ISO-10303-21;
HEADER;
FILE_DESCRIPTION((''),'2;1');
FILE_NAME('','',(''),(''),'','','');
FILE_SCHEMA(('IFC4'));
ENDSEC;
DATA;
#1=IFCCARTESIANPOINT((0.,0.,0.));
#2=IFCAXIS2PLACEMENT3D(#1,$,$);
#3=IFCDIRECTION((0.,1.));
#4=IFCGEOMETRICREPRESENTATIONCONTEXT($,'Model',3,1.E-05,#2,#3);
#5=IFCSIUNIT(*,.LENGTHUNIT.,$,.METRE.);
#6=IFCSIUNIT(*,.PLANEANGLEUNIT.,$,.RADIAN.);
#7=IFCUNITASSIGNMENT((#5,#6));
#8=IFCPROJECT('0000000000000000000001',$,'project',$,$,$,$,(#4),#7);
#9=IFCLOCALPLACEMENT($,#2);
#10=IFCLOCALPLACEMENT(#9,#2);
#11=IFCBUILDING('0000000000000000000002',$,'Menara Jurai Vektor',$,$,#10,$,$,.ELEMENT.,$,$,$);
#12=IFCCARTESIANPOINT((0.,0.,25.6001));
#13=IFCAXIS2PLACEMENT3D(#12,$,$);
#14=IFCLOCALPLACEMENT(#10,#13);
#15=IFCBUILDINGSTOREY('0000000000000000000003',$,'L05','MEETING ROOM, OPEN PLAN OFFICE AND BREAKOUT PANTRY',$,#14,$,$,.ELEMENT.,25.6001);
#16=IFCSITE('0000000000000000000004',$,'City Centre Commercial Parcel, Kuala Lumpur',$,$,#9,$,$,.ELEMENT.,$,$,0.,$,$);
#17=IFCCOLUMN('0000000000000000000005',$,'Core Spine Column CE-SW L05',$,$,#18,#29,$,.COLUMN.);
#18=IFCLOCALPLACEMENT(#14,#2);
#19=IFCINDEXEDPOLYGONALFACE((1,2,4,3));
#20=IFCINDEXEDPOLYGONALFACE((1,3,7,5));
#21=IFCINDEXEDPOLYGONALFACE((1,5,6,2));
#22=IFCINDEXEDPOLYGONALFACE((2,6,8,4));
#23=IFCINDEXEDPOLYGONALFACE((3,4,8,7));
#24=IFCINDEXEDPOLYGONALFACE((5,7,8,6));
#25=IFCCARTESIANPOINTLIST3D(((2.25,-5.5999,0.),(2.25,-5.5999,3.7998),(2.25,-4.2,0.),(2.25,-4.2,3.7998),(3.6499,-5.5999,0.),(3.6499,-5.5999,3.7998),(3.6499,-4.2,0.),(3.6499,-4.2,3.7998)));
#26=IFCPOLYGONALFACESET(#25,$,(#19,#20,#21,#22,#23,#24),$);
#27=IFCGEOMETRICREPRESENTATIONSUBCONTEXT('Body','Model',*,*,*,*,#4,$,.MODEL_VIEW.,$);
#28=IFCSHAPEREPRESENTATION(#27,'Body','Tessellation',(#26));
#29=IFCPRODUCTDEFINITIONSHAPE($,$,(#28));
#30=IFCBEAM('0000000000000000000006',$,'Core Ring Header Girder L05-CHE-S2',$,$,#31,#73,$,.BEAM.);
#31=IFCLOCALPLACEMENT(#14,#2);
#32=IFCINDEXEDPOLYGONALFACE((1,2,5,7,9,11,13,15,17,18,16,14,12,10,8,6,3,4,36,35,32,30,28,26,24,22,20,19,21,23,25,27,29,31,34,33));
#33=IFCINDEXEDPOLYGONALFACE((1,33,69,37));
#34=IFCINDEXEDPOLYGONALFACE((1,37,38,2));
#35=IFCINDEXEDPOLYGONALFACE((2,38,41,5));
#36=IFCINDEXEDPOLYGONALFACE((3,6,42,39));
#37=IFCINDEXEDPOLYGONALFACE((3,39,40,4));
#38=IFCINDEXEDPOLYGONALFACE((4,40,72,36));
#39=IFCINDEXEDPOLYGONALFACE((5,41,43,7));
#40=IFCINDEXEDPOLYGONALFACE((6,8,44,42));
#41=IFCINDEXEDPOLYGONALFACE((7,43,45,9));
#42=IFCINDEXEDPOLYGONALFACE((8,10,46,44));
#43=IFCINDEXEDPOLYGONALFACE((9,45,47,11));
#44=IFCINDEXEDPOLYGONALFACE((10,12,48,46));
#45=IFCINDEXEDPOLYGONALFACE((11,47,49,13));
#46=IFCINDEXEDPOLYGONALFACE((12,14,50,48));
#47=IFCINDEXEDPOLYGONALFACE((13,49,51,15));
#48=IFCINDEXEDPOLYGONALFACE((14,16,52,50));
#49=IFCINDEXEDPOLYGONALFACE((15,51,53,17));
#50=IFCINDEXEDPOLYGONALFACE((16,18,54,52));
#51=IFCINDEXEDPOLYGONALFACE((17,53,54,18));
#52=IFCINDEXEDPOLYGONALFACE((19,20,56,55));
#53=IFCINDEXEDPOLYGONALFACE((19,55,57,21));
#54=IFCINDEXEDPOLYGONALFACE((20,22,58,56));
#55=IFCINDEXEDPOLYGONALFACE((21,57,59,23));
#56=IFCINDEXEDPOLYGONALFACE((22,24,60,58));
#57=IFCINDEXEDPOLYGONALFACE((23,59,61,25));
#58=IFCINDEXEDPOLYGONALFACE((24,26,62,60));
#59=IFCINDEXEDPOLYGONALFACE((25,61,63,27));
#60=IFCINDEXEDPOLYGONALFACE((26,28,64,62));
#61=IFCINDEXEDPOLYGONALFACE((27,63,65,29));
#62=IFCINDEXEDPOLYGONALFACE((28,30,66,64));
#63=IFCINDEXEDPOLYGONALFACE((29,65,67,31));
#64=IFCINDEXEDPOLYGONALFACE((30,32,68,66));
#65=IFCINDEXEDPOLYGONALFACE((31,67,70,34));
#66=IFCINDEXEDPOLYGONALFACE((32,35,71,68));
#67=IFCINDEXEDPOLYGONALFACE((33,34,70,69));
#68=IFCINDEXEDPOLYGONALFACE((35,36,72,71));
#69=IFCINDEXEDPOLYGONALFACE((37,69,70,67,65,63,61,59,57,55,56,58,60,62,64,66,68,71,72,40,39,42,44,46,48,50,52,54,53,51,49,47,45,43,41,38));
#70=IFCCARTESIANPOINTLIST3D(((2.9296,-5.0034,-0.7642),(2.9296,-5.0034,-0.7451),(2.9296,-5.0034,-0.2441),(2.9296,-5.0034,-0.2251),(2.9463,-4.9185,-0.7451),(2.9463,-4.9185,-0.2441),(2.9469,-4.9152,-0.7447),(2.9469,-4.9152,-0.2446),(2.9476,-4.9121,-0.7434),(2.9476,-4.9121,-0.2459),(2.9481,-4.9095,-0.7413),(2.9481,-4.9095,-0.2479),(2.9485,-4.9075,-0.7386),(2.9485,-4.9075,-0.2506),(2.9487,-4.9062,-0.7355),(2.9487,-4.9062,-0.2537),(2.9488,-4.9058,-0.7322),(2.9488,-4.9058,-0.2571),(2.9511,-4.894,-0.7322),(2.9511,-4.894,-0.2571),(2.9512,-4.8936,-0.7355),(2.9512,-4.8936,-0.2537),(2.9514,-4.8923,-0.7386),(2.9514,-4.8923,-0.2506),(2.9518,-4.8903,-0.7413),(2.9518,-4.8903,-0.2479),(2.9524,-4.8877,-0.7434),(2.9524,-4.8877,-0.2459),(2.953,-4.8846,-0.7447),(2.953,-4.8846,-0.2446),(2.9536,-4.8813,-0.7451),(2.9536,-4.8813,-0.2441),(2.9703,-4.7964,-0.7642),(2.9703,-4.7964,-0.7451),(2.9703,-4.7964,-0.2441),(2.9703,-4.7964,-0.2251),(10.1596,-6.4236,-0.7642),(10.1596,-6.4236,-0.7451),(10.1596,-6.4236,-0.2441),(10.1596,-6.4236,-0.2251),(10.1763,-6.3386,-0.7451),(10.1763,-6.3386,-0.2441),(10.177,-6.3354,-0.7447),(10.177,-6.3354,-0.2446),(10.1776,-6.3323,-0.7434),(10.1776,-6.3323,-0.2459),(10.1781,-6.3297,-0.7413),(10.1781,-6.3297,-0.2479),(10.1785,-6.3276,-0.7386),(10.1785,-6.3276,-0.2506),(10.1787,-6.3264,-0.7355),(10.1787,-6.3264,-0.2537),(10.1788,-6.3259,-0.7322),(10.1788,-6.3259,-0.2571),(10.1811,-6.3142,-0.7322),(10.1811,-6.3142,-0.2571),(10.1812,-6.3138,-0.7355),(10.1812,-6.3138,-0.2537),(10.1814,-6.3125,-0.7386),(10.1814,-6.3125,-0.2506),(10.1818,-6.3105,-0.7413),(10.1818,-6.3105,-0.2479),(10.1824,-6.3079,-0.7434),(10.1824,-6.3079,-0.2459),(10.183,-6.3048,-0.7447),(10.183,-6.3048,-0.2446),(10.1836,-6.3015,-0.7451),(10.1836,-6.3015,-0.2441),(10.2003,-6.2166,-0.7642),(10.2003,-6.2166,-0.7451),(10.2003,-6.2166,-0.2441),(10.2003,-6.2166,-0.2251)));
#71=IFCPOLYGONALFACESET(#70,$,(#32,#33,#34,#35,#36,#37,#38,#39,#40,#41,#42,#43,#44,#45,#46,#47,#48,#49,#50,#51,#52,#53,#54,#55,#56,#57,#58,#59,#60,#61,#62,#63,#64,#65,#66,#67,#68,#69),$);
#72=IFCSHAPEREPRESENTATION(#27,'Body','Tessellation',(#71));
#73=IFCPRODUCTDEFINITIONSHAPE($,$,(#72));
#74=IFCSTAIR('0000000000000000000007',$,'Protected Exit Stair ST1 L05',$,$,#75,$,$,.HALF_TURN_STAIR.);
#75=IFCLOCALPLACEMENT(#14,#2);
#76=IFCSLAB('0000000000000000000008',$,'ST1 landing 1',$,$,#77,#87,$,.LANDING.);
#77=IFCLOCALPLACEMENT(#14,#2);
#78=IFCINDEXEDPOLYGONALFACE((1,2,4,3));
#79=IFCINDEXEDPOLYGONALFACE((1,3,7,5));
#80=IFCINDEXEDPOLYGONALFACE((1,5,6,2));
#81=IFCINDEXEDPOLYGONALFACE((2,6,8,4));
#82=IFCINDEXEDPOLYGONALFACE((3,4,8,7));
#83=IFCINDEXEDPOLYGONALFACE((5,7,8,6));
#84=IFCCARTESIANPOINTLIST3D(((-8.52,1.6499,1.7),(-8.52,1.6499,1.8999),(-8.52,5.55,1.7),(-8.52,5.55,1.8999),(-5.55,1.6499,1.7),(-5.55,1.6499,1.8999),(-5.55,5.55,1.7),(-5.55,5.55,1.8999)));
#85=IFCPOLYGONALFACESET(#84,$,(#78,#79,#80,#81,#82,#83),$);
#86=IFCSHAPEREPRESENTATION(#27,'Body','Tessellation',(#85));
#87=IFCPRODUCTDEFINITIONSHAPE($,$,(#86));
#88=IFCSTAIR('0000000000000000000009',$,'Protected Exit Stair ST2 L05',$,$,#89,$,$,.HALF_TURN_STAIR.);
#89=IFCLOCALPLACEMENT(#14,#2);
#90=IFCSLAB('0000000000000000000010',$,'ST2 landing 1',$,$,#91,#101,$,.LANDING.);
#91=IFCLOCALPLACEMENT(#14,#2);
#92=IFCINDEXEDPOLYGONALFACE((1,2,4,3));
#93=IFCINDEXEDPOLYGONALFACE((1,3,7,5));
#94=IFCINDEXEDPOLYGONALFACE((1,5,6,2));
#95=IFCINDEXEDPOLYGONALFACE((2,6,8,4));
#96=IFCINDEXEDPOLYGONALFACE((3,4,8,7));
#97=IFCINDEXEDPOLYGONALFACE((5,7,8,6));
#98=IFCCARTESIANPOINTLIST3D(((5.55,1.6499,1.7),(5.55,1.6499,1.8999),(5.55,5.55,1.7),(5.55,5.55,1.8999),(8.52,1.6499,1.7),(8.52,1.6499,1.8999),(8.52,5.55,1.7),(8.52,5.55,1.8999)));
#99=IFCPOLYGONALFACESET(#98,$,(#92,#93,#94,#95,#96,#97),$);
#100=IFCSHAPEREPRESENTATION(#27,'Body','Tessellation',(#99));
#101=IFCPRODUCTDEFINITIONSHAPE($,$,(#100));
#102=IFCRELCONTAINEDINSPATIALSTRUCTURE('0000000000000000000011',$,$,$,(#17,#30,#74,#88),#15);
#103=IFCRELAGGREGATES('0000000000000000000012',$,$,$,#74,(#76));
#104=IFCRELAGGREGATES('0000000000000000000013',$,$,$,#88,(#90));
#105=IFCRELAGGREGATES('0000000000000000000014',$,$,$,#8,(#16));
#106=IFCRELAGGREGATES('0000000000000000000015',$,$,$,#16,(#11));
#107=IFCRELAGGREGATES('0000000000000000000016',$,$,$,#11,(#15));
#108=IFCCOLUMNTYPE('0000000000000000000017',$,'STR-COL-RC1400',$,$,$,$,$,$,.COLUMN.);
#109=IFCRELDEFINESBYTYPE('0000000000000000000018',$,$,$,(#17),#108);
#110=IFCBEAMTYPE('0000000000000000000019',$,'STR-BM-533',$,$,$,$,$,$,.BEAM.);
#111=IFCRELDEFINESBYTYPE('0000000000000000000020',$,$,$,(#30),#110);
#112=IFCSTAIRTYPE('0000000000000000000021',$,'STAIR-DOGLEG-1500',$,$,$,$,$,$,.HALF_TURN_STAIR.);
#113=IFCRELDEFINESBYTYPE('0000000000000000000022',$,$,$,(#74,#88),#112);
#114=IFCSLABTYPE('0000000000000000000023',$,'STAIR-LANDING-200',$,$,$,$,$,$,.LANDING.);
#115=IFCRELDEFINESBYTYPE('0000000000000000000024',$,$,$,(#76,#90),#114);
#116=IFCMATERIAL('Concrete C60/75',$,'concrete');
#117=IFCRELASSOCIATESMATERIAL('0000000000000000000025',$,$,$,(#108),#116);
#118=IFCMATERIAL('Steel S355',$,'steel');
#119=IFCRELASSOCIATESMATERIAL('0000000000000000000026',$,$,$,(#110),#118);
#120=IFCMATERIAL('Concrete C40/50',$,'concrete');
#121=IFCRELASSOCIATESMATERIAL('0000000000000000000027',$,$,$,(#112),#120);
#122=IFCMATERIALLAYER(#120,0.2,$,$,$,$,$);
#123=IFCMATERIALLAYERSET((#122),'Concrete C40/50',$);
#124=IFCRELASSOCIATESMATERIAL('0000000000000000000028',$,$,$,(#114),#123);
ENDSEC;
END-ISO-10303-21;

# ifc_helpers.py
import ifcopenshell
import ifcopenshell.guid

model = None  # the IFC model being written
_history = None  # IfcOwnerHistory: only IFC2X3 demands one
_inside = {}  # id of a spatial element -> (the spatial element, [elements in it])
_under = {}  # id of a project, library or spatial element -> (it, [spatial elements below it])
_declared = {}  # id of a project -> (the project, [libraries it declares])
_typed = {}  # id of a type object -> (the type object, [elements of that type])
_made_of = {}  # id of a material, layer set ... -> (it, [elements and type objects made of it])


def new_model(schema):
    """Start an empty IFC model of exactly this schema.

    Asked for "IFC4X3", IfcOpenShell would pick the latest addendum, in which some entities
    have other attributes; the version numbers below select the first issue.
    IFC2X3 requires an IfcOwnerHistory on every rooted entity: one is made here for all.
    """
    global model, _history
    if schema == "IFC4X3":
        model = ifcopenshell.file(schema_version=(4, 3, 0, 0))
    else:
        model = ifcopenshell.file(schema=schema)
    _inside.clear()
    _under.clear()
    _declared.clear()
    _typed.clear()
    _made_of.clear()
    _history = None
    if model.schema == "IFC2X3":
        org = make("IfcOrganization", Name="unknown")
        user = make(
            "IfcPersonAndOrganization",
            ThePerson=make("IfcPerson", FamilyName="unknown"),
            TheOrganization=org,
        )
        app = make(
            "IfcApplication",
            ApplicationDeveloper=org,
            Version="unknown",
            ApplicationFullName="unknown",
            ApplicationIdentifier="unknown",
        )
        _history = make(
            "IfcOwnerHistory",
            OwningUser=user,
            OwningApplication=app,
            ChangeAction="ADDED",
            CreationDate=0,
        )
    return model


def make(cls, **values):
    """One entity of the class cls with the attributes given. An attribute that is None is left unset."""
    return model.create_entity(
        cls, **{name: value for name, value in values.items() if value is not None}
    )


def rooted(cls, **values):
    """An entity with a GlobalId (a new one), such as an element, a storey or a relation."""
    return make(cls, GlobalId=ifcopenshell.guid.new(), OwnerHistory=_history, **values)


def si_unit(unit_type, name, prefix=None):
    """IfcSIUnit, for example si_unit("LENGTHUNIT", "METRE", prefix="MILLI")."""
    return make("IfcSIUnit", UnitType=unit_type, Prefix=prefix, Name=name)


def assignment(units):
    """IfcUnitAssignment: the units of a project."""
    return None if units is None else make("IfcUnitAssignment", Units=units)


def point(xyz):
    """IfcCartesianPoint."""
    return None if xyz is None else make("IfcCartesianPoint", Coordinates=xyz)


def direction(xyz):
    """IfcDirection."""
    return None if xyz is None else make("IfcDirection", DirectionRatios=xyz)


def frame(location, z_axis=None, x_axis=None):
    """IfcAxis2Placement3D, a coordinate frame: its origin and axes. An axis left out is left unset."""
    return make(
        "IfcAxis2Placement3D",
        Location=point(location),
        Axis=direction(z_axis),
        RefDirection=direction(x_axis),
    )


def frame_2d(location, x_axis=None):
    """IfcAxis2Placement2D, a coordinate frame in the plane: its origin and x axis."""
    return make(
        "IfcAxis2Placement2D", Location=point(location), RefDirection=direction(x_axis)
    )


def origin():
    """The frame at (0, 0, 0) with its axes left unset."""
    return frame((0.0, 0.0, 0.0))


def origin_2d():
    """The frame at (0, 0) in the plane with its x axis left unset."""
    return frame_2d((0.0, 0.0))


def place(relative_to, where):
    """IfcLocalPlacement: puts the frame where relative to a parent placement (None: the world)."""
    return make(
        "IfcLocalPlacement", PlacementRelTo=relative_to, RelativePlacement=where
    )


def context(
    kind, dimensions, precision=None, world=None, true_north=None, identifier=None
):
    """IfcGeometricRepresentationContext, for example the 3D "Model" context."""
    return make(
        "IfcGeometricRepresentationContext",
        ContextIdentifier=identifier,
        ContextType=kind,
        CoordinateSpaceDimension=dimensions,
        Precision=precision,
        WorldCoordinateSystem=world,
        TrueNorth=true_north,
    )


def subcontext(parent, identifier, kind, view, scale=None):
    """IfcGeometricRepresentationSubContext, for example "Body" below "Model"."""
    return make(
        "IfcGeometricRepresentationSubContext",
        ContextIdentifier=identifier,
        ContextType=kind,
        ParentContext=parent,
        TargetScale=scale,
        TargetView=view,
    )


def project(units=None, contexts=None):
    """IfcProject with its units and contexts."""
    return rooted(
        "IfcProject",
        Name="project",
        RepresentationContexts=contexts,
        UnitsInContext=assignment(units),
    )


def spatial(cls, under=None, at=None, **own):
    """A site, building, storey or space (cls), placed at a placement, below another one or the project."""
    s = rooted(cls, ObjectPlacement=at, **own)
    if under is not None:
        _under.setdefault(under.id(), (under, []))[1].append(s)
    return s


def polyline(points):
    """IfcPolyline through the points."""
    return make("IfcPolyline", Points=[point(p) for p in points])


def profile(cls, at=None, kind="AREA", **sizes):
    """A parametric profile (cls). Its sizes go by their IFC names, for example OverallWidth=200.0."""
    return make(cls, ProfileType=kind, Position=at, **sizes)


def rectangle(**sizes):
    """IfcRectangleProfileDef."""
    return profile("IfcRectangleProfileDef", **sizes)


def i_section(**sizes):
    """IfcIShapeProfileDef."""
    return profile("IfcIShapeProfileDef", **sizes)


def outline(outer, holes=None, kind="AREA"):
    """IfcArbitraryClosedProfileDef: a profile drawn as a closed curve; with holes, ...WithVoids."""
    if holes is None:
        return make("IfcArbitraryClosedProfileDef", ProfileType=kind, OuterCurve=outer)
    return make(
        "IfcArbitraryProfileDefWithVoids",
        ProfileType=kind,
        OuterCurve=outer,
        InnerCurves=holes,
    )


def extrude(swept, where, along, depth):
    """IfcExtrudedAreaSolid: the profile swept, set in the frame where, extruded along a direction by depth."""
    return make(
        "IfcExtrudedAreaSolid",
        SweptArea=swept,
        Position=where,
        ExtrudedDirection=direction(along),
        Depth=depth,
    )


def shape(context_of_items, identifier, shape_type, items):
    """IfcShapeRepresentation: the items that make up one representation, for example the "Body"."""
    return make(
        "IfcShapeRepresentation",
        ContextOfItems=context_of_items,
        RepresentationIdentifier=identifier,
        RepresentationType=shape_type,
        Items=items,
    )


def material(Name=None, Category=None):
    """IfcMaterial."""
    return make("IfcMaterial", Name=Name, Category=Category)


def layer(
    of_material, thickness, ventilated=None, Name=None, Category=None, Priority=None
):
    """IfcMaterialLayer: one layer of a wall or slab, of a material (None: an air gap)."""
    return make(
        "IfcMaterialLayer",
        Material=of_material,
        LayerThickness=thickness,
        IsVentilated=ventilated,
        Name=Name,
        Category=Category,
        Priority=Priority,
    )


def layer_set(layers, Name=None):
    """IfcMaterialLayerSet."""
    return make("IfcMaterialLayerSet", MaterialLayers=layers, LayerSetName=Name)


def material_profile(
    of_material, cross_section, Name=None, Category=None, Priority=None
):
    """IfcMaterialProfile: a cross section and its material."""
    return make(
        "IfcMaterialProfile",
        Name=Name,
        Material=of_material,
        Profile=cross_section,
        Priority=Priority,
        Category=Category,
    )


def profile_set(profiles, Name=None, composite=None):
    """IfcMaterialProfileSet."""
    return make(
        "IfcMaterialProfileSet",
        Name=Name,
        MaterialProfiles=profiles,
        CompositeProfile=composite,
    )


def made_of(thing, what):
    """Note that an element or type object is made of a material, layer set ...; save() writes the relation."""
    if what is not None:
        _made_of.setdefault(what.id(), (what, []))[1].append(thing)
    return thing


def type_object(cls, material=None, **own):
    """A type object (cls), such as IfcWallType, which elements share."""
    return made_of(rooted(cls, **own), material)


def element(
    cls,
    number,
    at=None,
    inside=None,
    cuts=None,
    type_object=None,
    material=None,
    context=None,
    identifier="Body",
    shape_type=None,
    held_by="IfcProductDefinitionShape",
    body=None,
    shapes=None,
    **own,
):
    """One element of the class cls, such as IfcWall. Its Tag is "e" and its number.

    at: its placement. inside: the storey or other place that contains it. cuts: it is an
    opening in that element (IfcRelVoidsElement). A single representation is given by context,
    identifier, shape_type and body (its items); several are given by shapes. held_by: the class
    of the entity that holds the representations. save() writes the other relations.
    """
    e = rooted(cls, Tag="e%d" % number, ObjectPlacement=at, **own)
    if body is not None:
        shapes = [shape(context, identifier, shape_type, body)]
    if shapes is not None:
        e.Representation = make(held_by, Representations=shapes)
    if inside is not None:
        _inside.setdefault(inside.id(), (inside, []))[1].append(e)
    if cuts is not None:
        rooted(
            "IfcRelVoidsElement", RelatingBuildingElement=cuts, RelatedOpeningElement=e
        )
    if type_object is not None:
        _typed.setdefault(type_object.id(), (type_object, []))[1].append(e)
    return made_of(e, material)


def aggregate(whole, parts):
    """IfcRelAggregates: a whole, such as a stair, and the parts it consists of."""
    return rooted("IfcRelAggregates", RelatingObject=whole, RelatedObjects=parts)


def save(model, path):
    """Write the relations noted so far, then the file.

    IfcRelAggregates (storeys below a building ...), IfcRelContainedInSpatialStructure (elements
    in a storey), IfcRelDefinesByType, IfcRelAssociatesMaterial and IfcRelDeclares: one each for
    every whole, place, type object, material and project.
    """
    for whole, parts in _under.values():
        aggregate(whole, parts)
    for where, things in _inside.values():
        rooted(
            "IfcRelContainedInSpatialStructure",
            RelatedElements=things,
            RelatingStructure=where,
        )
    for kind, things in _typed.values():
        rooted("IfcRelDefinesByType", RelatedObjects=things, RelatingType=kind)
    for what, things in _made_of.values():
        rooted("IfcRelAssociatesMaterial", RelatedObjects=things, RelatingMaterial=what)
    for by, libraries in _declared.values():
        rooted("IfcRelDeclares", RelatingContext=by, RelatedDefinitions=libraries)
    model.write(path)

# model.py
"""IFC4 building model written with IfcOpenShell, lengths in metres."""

from ifc_helpers import new_model, si_unit, direction, frame, origin, origin_2d, place, context, subcontext, project, spatial, polyline, rectangle, i_section, outline, extrude, material, layer, layer_set, material_profile, profile_set, type_object, element, aggregate, save


model = new_model("IFC4")

# Units and contexts
model_context = context("Model", 3, precision=1e-05, world=origin(), true_north=direction((0.0, 1.0)))
body_context = subcontext(model_context, "Body", "Model", "MODEL_VIEW")
ifc_project = project(units=[si_unit("LENGTHUNIT", "METRE"), si_unit("PLANEANGLEUNIT", "RADIAN")], contexts=[model_context])

# Site, building, storey
site_placement = place(None, origin())
site = spatial("IfcSite", under=ifc_project, at=site_placement, Name="City Centre Commercial Parcel, Kuala Lumpur", CompositionType="ELEMENT", RefElevation=0.0)
building_placement = place(site_placement, origin())
building = spatial("IfcBuilding", under=site, at=building_placement, Name="Menara Jurai Vektor", CompositionType="ELEMENT")
storey_placement = place(building_placement, frame((0.0, 0.0, 25.6001)))
storey = spatial("IfcBuildingStorey", under=building, at=storey_placement, Name="L05", Description="MEETING ROOM, OPEN PLAN OFFICE AND BREAKOUT PANTRY", CompositionType="ELEMENT", Elevation=25.6001)

# Column
ifc_material_1 = material(Name="Concrete C60/75", Category="concrete")
ifc_material_profile_1 = material_profile(ifc_material_1, rectangle(XDim=1.3999, YDim=1.3999, at=origin_2d()), Name="RC 1400x1400")
ifc_profile_set_1 = profile_set([ifc_material_profile_1], Name="Concrete C60/75")
column_type = type_object("IfcColumnType", Name="STR-COL-RC1400", PredefinedType="COLUMN", material=ifc_profile_set_1)
column_placement = place(storey_placement, frame((2.95, -4.8999, 0.0), z_axis=(0.0, 0.0, 1.0), x_axis=(1.0, 0.0, 0.0)))
element("IfcColumn", 1, at=column_placement, inside=storey, type_object=column_type, Name="Core Spine Column CE-SW L05", PredefinedType="COLUMN", context=body_context, shape_type="SweptSolid", body=[
    extrude(rectangle(XDim=1.3999, YDim=1.3999, at=origin_2d()), origin(), (0.0, 0.0, 1.0), 3.7998),
])

# Beam
ifc_material_2 = material(Name="Steel S355", Category="steel")
ifc_material_profile_2 = material_profile(ifc_material_2, i_section(OverallWidth=0.2109, OverallDepth=0.5391, WebThickness=0.012, FlangeThickness=0.019, FilletRadius=0.0129, at=origin_2d()), Name="UKB 533x210x109")
ifc_profile_set_2 = profile_set([ifc_material_profile_2], Name="Steel S355")
beam_type = type_object("IfcBeamType", Name="STR-BM-533", PredefinedType="BEAM", material=ifc_profile_set_2)
beam_placement = place(storey_placement, frame((2.95, -4.8999, -0.4946), z_axis=(0.981249, -0.192744, 0.0), x_axis=(0.192744, 0.981249, 0.0)))
element("IfcBeam", 2, at=beam_placement, inside=storey, type_object=beam_type, Name="Core Ring Header Girder L05-CHE-S2", PredefinedType="BEAM", context=body_context, shape_type="SweptSolid", body=[
    extrude(i_section(OverallWidth=0.2109, OverallDepth=0.5391, WebThickness=0.012, FlangeThickness=0.019, FilletRadius=0.0129, at=origin_2d()), origin(), (0.0, 0.0, 1.0), 7.3682),
])

# Stairs, slabs
ifc_material_3 = material(Name="Concrete C40/50", Category="concrete")
stair_type = type_object("IfcStairType", Name="STAIR-DOGLEG-1500", PredefinedType="HALF_TURN_STAIR", material=ifc_material_3)
stair_1_placement = place(storey_placement, origin())
stair_1 = element("IfcStair", 3, at=stair_1_placement, inside=storey, type_object=stair_type, Name="Protected Exit Stair ST1 L05", PredefinedType="HALF_TURN_STAIR")
ifc_layer_1 = layer(ifc_material_3, 0.2)
ifc_layer_set_1 = layer_set([ifc_layer_1], Name="Concrete C40/50")
slab_type_1 = type_object("IfcSlabType", Name="STAIR-LANDING-200", PredefinedType="LANDING", material=ifc_layer_set_1)
slab_1_placement = place(storey_placement, frame((0.0, 0.0, 1.7)))
slab_1 = element("IfcSlab", 4, at=slab_1_placement, type_object=slab_type_1, Name="ST1 landing 1", PredefinedType="LANDING", context=body_context, shape_type="SweptSolid", body=[
    extrude(outline(polyline([(-8.52, 1.6499), (-5.55, 1.6499), (-5.55, 5.55), (-8.52, 5.55), (-8.52, 1.6499)])), origin(), (0.0, 0.0, 1.0), 0.2),
])
aggregate(stair_1, [slab_1])
stair_2_placement = place(storey_placement, origin())
stair_2 = element("IfcStair", 5, at=stair_2_placement, inside=storey, type_object=stair_type, Name="Protected Exit Stair ST2 L05", PredefinedType="HALF_TURN_STAIR")
slab_2_placement = place(storey_placement, frame((0.0, 0.0, 1.7)))
slab_2 = element("IfcSlab", 6, at=slab_2_placement, type_object=slab_type_1, Name="ST2 landing 1", PredefinedType="LANDING", context=body_context, shape_type="SweptSolid", body=[
    extrude(outline(polyline([(5.55, 1.6499), (8.52, 1.6499), (8.52, 5.55), (5.55, 5.55), (5.55, 1.6499)])), origin(), (0.0, 0.0, 1.0), 0.2),
])
aggregate(stair_2, [slab_2])

save(model, "model.ifc")
